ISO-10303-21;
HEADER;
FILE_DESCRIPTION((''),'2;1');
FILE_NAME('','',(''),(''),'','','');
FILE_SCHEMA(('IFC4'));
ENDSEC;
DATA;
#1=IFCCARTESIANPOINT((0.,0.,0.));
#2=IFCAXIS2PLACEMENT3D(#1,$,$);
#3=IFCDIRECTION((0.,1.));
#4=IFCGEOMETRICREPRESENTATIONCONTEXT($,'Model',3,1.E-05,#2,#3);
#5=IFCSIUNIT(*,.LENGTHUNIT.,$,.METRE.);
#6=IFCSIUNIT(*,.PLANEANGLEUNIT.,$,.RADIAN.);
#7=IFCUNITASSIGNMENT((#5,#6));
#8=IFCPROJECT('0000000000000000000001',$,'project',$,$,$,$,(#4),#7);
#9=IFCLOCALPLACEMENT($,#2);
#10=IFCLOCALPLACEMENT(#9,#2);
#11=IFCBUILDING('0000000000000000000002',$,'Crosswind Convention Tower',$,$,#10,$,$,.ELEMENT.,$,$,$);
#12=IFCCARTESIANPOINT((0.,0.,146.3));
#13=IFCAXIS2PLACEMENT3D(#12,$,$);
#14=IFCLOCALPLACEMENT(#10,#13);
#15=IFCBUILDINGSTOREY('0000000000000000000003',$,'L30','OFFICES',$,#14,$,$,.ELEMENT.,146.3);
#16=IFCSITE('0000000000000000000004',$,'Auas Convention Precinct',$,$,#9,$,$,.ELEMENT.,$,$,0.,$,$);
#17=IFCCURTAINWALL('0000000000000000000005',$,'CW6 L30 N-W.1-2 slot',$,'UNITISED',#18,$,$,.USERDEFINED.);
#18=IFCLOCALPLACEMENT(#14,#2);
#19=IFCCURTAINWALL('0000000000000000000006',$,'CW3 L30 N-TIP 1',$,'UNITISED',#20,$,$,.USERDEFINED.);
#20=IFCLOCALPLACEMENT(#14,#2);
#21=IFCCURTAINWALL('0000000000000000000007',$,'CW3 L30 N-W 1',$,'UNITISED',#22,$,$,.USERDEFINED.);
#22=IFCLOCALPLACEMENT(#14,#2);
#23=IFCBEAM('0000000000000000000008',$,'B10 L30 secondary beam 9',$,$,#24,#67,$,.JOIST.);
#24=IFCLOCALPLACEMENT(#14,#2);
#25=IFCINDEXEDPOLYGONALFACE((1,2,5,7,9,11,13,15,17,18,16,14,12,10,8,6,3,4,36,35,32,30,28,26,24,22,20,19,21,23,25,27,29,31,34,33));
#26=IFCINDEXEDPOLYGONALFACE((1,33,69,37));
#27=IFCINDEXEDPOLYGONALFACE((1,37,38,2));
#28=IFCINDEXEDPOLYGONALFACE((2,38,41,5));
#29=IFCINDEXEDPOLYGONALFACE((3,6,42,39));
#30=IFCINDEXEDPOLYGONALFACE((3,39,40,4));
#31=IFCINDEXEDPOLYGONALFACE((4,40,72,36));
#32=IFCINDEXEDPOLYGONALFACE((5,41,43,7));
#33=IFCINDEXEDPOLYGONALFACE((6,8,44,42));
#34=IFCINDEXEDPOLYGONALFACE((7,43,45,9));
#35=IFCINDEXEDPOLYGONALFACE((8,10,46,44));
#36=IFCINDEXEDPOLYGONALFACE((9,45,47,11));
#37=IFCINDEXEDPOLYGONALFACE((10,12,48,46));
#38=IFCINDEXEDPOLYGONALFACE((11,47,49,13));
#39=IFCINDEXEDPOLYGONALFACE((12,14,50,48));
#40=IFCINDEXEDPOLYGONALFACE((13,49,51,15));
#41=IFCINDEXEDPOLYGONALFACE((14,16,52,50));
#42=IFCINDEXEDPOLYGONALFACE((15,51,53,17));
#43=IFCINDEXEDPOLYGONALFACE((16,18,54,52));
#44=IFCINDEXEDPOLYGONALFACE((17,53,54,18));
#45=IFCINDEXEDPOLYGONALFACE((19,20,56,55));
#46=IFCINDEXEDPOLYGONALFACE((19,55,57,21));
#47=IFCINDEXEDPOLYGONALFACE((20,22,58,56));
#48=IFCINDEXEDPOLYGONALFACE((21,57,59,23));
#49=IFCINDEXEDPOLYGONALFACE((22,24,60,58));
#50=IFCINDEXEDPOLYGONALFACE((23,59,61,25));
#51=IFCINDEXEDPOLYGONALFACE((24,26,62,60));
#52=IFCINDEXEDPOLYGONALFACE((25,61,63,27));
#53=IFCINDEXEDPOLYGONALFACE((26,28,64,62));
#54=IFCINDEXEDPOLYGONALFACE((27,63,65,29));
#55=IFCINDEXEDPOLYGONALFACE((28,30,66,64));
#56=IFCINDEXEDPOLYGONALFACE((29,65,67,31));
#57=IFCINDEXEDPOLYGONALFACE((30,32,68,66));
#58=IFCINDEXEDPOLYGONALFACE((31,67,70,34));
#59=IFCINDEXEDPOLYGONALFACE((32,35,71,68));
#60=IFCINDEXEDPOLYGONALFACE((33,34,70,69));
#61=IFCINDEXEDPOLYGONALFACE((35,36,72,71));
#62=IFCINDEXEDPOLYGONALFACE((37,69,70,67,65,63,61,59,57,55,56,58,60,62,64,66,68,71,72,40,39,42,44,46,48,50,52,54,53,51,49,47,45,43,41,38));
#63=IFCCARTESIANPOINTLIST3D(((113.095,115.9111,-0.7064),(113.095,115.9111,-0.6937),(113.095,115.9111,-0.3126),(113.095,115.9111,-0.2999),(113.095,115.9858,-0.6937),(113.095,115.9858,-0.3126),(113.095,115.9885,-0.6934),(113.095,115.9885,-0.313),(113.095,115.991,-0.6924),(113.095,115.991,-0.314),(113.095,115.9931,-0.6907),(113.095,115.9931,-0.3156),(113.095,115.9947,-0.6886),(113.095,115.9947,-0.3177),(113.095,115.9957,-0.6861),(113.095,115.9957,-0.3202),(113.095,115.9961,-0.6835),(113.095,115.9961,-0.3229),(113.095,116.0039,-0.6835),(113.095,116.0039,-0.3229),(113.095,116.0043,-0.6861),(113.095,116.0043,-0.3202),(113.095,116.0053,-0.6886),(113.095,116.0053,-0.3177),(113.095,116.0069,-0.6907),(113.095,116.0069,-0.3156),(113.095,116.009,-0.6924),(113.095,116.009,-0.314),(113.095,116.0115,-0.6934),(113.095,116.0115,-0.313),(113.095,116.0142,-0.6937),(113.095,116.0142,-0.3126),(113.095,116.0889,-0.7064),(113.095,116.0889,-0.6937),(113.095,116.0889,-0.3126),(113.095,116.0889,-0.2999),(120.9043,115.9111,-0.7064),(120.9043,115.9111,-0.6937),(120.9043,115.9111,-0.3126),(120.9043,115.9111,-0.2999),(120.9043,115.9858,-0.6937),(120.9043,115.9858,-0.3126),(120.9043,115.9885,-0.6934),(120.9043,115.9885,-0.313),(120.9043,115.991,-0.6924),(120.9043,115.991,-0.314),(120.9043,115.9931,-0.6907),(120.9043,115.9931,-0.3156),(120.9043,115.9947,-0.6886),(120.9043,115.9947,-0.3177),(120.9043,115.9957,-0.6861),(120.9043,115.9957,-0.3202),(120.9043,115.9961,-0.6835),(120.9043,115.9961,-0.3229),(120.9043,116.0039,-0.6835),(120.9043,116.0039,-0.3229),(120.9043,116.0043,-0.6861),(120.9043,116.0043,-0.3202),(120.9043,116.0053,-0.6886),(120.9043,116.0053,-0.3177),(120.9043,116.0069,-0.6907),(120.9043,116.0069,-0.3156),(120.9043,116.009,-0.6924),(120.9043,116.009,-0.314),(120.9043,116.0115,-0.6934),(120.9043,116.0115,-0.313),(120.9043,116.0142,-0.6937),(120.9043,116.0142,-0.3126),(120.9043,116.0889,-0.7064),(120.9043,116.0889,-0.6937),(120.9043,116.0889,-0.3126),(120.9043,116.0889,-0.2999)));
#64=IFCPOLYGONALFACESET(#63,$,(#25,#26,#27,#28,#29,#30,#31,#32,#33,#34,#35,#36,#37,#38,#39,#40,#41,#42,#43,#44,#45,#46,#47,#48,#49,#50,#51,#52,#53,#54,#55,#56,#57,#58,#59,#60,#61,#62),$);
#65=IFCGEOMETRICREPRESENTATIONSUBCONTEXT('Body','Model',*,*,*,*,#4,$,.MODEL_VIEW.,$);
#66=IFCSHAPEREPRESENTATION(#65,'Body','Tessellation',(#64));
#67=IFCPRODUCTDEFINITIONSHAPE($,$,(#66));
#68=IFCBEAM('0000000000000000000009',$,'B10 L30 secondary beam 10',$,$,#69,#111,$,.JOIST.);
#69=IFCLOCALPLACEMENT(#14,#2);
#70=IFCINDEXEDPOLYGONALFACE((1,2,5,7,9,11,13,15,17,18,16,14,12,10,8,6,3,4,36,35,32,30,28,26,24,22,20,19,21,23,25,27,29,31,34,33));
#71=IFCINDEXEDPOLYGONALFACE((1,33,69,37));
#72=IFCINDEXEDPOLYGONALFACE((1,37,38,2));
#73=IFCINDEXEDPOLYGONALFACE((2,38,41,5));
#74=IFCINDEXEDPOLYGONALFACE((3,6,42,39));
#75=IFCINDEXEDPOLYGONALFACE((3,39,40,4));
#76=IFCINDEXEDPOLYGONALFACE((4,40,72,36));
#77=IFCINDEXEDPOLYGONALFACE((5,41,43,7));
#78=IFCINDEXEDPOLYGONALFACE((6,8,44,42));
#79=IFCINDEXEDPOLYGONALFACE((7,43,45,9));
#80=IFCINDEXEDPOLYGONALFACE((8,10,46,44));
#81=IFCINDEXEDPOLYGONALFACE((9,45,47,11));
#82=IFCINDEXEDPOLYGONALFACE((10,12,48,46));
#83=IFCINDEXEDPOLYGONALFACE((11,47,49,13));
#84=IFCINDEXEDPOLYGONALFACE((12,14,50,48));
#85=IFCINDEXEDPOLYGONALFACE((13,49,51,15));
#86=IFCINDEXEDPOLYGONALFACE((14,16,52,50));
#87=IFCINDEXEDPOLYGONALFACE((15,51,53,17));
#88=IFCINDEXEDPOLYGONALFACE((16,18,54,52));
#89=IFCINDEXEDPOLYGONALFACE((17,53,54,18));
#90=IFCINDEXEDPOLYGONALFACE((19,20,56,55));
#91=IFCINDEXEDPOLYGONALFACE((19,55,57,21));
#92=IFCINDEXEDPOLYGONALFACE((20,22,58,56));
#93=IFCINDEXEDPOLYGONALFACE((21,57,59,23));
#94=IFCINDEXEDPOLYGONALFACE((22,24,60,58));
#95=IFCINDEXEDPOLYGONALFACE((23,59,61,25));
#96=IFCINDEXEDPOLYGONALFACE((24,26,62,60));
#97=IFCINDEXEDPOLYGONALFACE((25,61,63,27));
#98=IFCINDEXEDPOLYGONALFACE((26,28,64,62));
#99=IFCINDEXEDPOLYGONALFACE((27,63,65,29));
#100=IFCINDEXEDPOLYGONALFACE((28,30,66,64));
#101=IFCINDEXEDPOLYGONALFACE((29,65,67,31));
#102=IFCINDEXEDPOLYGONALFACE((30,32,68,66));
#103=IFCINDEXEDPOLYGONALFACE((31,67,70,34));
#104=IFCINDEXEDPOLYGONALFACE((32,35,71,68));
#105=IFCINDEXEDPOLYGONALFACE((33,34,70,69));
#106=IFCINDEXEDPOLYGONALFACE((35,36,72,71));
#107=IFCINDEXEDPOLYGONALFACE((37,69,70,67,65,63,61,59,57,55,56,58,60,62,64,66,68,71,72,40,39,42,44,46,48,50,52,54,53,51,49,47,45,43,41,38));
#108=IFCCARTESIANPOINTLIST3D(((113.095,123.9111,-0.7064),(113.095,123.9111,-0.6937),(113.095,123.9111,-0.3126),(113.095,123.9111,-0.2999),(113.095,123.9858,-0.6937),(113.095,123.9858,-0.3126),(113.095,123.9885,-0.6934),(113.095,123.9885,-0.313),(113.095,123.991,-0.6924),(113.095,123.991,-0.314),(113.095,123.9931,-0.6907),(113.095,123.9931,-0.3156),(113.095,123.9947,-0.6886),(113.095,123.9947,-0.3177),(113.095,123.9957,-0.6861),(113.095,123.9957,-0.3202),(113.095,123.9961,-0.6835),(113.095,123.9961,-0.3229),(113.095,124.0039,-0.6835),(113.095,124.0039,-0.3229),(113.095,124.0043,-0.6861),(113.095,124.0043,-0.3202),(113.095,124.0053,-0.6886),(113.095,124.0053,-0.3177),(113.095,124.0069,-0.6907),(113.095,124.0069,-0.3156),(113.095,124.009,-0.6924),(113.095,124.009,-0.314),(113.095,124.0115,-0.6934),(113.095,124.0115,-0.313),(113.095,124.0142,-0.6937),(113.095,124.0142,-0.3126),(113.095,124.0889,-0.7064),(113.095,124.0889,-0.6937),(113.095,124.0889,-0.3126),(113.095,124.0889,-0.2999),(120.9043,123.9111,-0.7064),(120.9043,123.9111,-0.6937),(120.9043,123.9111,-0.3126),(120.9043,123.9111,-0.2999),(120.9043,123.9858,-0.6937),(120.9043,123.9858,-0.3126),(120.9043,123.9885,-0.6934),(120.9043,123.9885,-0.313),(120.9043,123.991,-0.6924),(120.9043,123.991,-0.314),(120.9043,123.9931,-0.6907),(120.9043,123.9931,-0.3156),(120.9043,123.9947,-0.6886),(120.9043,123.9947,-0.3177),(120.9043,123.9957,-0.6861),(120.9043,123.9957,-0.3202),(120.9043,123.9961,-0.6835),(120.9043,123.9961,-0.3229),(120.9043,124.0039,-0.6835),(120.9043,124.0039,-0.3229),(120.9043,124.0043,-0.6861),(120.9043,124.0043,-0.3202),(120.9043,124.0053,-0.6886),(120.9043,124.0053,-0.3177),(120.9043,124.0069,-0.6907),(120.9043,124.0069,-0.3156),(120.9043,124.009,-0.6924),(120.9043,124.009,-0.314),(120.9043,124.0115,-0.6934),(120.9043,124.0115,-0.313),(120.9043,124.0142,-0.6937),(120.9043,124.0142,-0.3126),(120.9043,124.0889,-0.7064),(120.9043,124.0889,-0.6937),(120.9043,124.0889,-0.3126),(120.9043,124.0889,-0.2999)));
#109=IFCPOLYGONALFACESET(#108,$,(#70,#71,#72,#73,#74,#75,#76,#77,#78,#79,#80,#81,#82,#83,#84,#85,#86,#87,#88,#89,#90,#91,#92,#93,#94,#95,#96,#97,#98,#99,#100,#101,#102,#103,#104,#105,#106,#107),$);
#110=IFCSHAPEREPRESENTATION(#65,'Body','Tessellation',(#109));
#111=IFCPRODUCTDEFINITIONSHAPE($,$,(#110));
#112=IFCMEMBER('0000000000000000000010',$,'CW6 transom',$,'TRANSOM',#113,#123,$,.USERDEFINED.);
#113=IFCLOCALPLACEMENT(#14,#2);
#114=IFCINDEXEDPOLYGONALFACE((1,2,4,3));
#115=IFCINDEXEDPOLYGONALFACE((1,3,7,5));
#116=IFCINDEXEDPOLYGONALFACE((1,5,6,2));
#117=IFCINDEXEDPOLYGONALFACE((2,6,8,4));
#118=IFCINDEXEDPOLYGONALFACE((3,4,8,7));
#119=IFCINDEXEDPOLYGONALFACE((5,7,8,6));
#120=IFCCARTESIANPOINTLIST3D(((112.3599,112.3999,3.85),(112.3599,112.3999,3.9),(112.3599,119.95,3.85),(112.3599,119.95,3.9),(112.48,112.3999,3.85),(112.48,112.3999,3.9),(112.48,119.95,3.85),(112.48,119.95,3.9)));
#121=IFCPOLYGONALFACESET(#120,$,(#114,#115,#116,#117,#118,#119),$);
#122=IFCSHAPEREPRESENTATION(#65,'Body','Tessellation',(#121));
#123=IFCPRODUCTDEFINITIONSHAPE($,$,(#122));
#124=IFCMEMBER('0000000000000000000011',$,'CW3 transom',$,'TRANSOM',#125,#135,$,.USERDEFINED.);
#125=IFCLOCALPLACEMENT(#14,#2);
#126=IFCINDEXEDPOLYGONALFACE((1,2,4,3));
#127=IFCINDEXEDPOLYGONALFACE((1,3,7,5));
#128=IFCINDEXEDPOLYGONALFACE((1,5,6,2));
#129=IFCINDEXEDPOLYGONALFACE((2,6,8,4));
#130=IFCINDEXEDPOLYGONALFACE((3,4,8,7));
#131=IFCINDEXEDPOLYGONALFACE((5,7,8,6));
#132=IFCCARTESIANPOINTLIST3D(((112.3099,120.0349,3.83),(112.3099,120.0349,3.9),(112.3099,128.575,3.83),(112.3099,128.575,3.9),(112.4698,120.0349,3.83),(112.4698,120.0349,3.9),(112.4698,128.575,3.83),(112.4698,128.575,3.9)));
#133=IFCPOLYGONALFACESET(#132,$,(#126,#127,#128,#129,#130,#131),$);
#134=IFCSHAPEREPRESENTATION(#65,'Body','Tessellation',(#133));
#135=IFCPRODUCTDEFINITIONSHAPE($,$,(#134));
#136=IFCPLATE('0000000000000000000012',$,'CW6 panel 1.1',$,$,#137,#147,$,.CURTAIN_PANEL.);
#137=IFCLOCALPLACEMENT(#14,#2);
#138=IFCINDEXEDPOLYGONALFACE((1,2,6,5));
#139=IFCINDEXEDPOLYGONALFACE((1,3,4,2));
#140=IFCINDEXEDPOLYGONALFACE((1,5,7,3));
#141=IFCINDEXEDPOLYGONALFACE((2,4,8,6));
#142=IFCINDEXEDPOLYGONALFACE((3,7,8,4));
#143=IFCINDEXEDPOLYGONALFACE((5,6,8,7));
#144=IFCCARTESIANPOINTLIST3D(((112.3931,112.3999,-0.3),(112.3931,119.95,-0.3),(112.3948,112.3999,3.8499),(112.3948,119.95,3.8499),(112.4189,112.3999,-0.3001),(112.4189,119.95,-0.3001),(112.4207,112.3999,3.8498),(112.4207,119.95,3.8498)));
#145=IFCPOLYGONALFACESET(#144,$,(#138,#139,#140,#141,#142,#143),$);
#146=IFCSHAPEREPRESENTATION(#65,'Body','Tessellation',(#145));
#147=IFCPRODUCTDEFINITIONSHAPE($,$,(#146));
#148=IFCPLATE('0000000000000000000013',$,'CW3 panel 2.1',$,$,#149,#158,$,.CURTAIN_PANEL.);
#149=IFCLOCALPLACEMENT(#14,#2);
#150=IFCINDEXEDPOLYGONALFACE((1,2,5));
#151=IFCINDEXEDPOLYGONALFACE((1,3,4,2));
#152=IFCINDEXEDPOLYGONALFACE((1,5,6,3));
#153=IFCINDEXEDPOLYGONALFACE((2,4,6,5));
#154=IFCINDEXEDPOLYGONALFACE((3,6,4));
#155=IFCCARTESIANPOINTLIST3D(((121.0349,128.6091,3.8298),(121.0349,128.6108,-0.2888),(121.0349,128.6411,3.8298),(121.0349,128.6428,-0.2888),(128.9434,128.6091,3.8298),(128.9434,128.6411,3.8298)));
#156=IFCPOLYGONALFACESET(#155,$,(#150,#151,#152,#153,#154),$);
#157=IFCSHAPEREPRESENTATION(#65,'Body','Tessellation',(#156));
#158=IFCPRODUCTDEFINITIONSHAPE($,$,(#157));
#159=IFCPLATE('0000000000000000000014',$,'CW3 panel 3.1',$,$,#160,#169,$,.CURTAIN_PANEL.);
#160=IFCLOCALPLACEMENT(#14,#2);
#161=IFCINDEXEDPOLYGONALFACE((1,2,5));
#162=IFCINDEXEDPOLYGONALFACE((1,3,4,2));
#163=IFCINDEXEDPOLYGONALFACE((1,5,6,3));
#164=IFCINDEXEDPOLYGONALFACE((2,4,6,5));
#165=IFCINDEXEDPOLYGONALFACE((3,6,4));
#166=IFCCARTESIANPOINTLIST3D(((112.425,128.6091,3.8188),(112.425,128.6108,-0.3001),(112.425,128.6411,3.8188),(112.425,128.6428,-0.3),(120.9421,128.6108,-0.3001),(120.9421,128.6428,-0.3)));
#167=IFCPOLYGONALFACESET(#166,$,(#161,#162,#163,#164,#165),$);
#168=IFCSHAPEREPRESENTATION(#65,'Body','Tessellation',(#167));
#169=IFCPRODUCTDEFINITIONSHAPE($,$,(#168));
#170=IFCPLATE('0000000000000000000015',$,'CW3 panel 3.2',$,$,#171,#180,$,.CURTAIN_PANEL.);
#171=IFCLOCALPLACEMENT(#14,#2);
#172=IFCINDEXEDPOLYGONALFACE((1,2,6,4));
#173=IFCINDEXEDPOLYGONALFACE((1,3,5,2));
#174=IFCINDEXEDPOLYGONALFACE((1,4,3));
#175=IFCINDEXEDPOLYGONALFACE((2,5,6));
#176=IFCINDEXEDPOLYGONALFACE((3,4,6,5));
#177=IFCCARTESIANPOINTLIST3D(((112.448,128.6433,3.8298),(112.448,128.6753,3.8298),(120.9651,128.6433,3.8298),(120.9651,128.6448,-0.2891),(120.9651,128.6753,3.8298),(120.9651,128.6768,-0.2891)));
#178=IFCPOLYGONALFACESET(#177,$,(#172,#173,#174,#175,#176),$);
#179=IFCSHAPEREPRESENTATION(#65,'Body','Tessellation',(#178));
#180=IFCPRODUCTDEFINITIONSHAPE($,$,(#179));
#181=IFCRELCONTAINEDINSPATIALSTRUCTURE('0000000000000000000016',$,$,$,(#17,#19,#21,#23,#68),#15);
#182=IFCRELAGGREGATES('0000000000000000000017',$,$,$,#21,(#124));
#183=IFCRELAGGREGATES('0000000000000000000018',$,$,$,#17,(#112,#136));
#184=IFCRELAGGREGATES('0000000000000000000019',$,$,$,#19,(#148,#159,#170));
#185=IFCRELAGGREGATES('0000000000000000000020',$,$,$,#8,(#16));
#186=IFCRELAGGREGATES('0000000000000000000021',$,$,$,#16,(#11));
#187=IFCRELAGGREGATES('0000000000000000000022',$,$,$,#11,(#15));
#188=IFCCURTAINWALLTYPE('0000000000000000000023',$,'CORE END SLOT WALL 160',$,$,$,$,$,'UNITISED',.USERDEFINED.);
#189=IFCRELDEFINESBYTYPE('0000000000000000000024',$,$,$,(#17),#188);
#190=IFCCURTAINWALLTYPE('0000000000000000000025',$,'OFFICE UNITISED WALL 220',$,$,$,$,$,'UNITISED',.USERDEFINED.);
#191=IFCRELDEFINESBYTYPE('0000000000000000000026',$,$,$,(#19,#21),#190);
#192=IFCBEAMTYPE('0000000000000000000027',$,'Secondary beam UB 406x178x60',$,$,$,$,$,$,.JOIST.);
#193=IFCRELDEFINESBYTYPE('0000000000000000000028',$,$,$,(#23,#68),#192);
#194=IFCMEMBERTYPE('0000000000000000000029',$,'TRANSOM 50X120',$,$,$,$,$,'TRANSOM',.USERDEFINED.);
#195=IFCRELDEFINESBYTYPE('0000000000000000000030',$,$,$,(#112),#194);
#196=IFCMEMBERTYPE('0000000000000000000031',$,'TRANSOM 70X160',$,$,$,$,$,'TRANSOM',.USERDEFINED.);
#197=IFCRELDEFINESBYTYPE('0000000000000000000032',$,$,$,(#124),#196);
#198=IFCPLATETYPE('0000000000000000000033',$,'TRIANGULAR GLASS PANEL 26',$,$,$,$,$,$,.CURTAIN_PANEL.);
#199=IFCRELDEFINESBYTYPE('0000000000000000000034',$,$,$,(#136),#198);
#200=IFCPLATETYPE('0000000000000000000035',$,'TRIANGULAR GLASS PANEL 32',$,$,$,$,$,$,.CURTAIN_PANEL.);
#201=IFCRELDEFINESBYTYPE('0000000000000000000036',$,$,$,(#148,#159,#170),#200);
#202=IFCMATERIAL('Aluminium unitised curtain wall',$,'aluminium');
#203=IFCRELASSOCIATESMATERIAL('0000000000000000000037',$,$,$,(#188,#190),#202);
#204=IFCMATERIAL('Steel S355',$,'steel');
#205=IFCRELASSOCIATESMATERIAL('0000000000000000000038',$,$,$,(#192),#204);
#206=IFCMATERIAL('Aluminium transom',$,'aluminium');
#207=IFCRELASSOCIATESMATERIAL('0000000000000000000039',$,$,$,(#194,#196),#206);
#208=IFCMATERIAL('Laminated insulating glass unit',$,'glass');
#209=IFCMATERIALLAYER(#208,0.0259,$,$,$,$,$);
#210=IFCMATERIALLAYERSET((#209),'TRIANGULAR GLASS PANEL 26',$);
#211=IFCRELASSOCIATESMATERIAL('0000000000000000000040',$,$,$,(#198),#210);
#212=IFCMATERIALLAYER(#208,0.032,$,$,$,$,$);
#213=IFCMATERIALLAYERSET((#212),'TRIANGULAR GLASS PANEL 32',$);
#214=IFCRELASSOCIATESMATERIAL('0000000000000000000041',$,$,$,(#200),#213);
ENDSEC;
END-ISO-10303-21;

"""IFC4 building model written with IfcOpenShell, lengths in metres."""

from ifc_helpers import new_model, si_unit, direction, frame, origin, origin_2d, place, context, subcontext, project, spatial, polyline, rectangle, i_section, outline, extrude, material, layer, layer_set, material_profile, profile_set, type_object, element, aggregate, save


model = new_model("IFC4")

# Units and contexts
model_context = context("Model", 3, precision=1e-05, world=origin(), true_north=direction((0.0, 1.0)))
body_context = subcontext(model_context, "Body", "Model", "MODEL_VIEW")
ifc_project = project(units=[si_unit("LENGTHUNIT", "METRE"), si_unit("PLANEANGLEUNIT", "RADIAN")], contexts=[model_context])

# Site, building, storey
site_placement = place(None, origin())
site = spatial("IfcSite", under=ifc_project, at=site_placement, Name="Auas Convention Precinct", CompositionType="ELEMENT", RefElevation=0.0)
building_placement = place(site_placement, origin())
building = spatial("IfcBuilding", under=site, at=building_placement, Name="Crosswind Convention Tower", CompositionType="ELEMENT")
storey_placement = place(building_placement, frame((0.0, 0.0, 146.3)))
storey = spatial("IfcBuildingStorey", under=building, at=storey_placement, Name="L30", Description="OFFICES", CompositionType="ELEMENT", Elevation=146.3)

# Shared definitions
ifc_material_1 = material(Name="Steel S355", Category="steel")

# Curtain wall
ifc_material_2 = material(Name="Aluminium unitised curtain wall", Category="aluminium")
curtain_wall_type_1 = type_object("IfcCurtainWallType", Name="CORE END SLOT WALL 160", ElementType="UNITISED", PredefinedType="USERDEFINED", material=ifc_material_2)
curtain_wall_1_placement = place(storey_placement, origin())
curtain_wall_1 = element("IfcCurtainWall", 1, at=curtain_wall_1_placement, inside=storey, type_object=curtain_wall_type_1, Name="CW6 L30 N-W.1-2 slot", ObjectType="UNITISED", PredefinedType="USERDEFINED")

# Curtain wall
curtain_wall_type_2 = type_object("IfcCurtainWallType", Name="OFFICE UNITISED WALL 220", ElementType="UNITISED", PredefinedType="USERDEFINED", material=ifc_material_2)
curtain_wall_2_placement = place(storey_placement, origin())
curtain_wall_2 = element("IfcCurtainWall", 2, at=curtain_wall_2_placement, inside=storey, type_object=curtain_wall_type_2, Name="CW3 L30 N-TIP 1", ObjectType="UNITISED", PredefinedType="USERDEFINED")

# Curtain wall
curtain_wall_3_placement = place(storey_placement, origin())
curtain_wall_3 = element("IfcCurtainWall", 3, at=curtain_wall_3_placement, inside=storey, type_object=curtain_wall_type_2, Name="CW3 L30 N-W 1", ObjectType="UNITISED", PredefinedType="USERDEFINED")

# Beams
ifc_material_profile_1 = material_profile(ifc_material_1, i_section(OverallWidth=0.1777, OverallDepth=0.4065, WebThickness=0.0078, FlangeThickness=0.0127, FilletRadius=0.0103, at=origin_2d()), Name="UB 406x178x60")
ifc_profile_set_1 = profile_set([ifc_material_profile_1], Name="Steel S355")
beam_type_1 = type_object("IfcBeamType", Name="Secondary beam UB 406x178x60", PredefinedType="JOIST", material=ifc_profile_set_1)
for number, where, z_axis, x_axis, name in (
    (4, (113.095, 116.0, -0.5032), (1.0, 0.0, 0.0), (0.0, 1.0, 0.0), "B10 L30 secondary beam 9"),
    (5, (113.095, 124.0, -0.5032), (1.0, 0.0, 0.0), (0.0, 1.0, 0.0), "B10 L30 secondary beam 10"),
):
    element("IfcBeam", number, at=place(storey_placement, frame(where, z_axis=z_axis, x_axis=x_axis)), inside=storey, type_object=beam_type_1, Name=name, PredefinedType="JOIST", context=body_context, shape_type="SweptSolid", body=[
        extrude(i_section(OverallWidth=0.1777, OverallDepth=0.4065, WebThickness=0.0078, FlangeThickness=0.0127, FilletRadius=0.0103, at=origin_2d()), origin(), (0.0, 0.0, 1.0), 7.8093),
    ])

# Members
ifc_material_3 = material(Name="Aluminium transom", Category="aluminium")
ifc_material_profile_2 = material_profile(ifc_material_3, rectangle(XDim=0.1201, YDim=0.05, at=origin_2d()), Name="AL 120X50")
ifc_profile_set_2 = profile_set([ifc_material_profile_2], Name="Aluminium transom")
member_type_1 = type_object("IfcMemberType", Name="TRANSOM 50X120", ElementType="TRANSOM", PredefinedType="USERDEFINED", material=ifc_profile_set_2)
member_1_placement = place(storey_placement, frame((112.4199, 119.95, 3.875), z_axis=(0.0, -1.0, 0.0), x_axis=(1.0, 0.0, 0.0)))
member_1 = element("IfcMember", 6, at=member_1_placement, type_object=member_type_1, Name="CW6 transom", ObjectType="TRANSOM", PredefinedType="USERDEFINED", context=body_context, shape_type="SweptSolid", body=[
    extrude(rectangle(XDim=0.1201, YDim=0.05, at=origin_2d()), origin(), (0.0, 0.0, 1.0), 7.55),
])
ifc_material_profile_3 = material_profile(ifc_material_3, rectangle(XDim=0.1599, YDim=0.0701, at=origin_2d()), Name="AL 160X70")
ifc_profile_set_3 = profile_set([ifc_material_profile_3], Name="Aluminium transom")
member_type_2 = type_object("IfcMemberType", Name="TRANSOM 70X160", ElementType="TRANSOM", PredefinedType="USERDEFINED", material=ifc_profile_set_3)
member_2_placement = place(storey_placement, frame((112.3899, 128.575, 3.865), z_axis=(0.0, -1.0, 0.0), x_axis=(1.0, 0.0, 0.0)))
member_2 = element("IfcMember", 7, at=member_2_placement, type_object=member_type_2, Name="CW3 transom", ObjectType="TRANSOM", PredefinedType="USERDEFINED", context=body_context, shape_type="SweptSolid", body=[
    extrude(rectangle(XDim=0.1599, YDim=0.0701, at=origin_2d()), origin(), (0.0, 0.0, 1.0), 8.54),
])
aggregate(curtain_wall_3, [member_2])

# Plates
ifc_material_4 = material(Name="Laminated insulating glass unit", Category="glass")
ifc_layer_1 = layer(ifc_material_4, 0.0259)
ifc_layer_set_1 = layer_set([ifc_layer_1], Name="TRIANGULAR GLASS PANEL 26")
plate_type_1 = type_object("IfcPlateType", Name="TRIANGULAR GLASS PANEL 26", PredefinedType="CURTAIN_PANEL", material=ifc_layer_set_1)
plate_1_placement = place(storey_placement, frame((112.3931, 119.95, -0.3), z_axis=(-1.0, 0.0, 0.000412), x_axis=(0.0, -1.0, 0.0)))
plate_1 = element("IfcPlate", 8, at=plate_1_placement, type_object=plate_type_1, Name="CW6 panel 1.1", PredefinedType="CURTAIN_PANEL", context=body_context, shape_type="SweptSolid", body=[
    extrude(outline(polyline([(0.0, 0.0), (7.55, 0.0), (7.55, 4.1499), (0.0, 4.1499), (0.0, 0.0)])), origin(), (0.0, 0.0, -1.0), 0.0259),
])
aggregate(curtain_wall_1, [member_1, plate_1])
ifc_layer_2 = layer(ifc_material_4, 0.032)
ifc_layer_set_2 = layer_set([ifc_layer_2], Name="TRIANGULAR GLASS PANEL 32")
plate_type_2 = type_object("IfcPlateType", Name="TRIANGULAR GLASS PANEL 32", PredefinedType="CURTAIN_PANEL", material=ifc_layer_set_2)
plate_2_placement = place(storey_placement, frame((121.0349, 128.6411, 3.8298), z_axis=(0.0, 1.0, 0.000415), x_axis=(1.0, 0.0, 0.0)))
plate_2 = element("IfcPlate", 9, at=plate_2_placement, type_object=plate_type_2, Name="CW3 panel 2.1", PredefinedType="CURTAIN_PANEL", context=body_context, shape_type="SweptSolid", body=[
    extrude(outline(polyline([(0.0, 0.0), (7.9084, 0.0), (0.0, 4.1187), (0.0, 0.0)])), origin(), (0.0, 0.0, -1.0), 0.032),
])
plate_3_placement = place(storey_placement, frame((112.425, 128.6428, -0.3), z_axis=(0.0, 1.0, 0.000415), x_axis=(0.0, -0.000415, 1.0)))
plate_3 = element("IfcPlate", 10, at=plate_3_placement, type_object=plate_type_2, Name="CW3 panel 3.1", PredefinedType="CURTAIN_PANEL", context=body_context, shape_type="SweptSolid", body=[
    extrude(outline(polyline([(0.0, 0.0), (4.1189, 0.0), (0.0, 8.5171), (0.0, 0.0)])), origin(), (0.0, 0.0, -1.0), 0.032),
])
plate_4_placement = place(storey_placement, frame((120.9651, 128.6753, 3.8298), z_axis=(0.0, 1.0, 0.000356), x_axis=(0.0, 0.000356, -1.0)))
plate_4 = element("IfcPlate", 11, at=plate_4_placement, type_object=plate_type_2, Name="CW3 panel 3.2", PredefinedType="CURTAIN_PANEL", context=body_context, shape_type="SweptSolid", body=[
    extrude(outline(polyline([(0.0, 0.0), (4.1189, 0.0), (0.0, 8.5171), (0.0, 0.0)])), origin(), (0.0, 0.0, -1.0), 0.032),
])
aggregate(curtain_wall_2, [plate_2, plate_3, plate_4])

save(model, "model.ifc")
